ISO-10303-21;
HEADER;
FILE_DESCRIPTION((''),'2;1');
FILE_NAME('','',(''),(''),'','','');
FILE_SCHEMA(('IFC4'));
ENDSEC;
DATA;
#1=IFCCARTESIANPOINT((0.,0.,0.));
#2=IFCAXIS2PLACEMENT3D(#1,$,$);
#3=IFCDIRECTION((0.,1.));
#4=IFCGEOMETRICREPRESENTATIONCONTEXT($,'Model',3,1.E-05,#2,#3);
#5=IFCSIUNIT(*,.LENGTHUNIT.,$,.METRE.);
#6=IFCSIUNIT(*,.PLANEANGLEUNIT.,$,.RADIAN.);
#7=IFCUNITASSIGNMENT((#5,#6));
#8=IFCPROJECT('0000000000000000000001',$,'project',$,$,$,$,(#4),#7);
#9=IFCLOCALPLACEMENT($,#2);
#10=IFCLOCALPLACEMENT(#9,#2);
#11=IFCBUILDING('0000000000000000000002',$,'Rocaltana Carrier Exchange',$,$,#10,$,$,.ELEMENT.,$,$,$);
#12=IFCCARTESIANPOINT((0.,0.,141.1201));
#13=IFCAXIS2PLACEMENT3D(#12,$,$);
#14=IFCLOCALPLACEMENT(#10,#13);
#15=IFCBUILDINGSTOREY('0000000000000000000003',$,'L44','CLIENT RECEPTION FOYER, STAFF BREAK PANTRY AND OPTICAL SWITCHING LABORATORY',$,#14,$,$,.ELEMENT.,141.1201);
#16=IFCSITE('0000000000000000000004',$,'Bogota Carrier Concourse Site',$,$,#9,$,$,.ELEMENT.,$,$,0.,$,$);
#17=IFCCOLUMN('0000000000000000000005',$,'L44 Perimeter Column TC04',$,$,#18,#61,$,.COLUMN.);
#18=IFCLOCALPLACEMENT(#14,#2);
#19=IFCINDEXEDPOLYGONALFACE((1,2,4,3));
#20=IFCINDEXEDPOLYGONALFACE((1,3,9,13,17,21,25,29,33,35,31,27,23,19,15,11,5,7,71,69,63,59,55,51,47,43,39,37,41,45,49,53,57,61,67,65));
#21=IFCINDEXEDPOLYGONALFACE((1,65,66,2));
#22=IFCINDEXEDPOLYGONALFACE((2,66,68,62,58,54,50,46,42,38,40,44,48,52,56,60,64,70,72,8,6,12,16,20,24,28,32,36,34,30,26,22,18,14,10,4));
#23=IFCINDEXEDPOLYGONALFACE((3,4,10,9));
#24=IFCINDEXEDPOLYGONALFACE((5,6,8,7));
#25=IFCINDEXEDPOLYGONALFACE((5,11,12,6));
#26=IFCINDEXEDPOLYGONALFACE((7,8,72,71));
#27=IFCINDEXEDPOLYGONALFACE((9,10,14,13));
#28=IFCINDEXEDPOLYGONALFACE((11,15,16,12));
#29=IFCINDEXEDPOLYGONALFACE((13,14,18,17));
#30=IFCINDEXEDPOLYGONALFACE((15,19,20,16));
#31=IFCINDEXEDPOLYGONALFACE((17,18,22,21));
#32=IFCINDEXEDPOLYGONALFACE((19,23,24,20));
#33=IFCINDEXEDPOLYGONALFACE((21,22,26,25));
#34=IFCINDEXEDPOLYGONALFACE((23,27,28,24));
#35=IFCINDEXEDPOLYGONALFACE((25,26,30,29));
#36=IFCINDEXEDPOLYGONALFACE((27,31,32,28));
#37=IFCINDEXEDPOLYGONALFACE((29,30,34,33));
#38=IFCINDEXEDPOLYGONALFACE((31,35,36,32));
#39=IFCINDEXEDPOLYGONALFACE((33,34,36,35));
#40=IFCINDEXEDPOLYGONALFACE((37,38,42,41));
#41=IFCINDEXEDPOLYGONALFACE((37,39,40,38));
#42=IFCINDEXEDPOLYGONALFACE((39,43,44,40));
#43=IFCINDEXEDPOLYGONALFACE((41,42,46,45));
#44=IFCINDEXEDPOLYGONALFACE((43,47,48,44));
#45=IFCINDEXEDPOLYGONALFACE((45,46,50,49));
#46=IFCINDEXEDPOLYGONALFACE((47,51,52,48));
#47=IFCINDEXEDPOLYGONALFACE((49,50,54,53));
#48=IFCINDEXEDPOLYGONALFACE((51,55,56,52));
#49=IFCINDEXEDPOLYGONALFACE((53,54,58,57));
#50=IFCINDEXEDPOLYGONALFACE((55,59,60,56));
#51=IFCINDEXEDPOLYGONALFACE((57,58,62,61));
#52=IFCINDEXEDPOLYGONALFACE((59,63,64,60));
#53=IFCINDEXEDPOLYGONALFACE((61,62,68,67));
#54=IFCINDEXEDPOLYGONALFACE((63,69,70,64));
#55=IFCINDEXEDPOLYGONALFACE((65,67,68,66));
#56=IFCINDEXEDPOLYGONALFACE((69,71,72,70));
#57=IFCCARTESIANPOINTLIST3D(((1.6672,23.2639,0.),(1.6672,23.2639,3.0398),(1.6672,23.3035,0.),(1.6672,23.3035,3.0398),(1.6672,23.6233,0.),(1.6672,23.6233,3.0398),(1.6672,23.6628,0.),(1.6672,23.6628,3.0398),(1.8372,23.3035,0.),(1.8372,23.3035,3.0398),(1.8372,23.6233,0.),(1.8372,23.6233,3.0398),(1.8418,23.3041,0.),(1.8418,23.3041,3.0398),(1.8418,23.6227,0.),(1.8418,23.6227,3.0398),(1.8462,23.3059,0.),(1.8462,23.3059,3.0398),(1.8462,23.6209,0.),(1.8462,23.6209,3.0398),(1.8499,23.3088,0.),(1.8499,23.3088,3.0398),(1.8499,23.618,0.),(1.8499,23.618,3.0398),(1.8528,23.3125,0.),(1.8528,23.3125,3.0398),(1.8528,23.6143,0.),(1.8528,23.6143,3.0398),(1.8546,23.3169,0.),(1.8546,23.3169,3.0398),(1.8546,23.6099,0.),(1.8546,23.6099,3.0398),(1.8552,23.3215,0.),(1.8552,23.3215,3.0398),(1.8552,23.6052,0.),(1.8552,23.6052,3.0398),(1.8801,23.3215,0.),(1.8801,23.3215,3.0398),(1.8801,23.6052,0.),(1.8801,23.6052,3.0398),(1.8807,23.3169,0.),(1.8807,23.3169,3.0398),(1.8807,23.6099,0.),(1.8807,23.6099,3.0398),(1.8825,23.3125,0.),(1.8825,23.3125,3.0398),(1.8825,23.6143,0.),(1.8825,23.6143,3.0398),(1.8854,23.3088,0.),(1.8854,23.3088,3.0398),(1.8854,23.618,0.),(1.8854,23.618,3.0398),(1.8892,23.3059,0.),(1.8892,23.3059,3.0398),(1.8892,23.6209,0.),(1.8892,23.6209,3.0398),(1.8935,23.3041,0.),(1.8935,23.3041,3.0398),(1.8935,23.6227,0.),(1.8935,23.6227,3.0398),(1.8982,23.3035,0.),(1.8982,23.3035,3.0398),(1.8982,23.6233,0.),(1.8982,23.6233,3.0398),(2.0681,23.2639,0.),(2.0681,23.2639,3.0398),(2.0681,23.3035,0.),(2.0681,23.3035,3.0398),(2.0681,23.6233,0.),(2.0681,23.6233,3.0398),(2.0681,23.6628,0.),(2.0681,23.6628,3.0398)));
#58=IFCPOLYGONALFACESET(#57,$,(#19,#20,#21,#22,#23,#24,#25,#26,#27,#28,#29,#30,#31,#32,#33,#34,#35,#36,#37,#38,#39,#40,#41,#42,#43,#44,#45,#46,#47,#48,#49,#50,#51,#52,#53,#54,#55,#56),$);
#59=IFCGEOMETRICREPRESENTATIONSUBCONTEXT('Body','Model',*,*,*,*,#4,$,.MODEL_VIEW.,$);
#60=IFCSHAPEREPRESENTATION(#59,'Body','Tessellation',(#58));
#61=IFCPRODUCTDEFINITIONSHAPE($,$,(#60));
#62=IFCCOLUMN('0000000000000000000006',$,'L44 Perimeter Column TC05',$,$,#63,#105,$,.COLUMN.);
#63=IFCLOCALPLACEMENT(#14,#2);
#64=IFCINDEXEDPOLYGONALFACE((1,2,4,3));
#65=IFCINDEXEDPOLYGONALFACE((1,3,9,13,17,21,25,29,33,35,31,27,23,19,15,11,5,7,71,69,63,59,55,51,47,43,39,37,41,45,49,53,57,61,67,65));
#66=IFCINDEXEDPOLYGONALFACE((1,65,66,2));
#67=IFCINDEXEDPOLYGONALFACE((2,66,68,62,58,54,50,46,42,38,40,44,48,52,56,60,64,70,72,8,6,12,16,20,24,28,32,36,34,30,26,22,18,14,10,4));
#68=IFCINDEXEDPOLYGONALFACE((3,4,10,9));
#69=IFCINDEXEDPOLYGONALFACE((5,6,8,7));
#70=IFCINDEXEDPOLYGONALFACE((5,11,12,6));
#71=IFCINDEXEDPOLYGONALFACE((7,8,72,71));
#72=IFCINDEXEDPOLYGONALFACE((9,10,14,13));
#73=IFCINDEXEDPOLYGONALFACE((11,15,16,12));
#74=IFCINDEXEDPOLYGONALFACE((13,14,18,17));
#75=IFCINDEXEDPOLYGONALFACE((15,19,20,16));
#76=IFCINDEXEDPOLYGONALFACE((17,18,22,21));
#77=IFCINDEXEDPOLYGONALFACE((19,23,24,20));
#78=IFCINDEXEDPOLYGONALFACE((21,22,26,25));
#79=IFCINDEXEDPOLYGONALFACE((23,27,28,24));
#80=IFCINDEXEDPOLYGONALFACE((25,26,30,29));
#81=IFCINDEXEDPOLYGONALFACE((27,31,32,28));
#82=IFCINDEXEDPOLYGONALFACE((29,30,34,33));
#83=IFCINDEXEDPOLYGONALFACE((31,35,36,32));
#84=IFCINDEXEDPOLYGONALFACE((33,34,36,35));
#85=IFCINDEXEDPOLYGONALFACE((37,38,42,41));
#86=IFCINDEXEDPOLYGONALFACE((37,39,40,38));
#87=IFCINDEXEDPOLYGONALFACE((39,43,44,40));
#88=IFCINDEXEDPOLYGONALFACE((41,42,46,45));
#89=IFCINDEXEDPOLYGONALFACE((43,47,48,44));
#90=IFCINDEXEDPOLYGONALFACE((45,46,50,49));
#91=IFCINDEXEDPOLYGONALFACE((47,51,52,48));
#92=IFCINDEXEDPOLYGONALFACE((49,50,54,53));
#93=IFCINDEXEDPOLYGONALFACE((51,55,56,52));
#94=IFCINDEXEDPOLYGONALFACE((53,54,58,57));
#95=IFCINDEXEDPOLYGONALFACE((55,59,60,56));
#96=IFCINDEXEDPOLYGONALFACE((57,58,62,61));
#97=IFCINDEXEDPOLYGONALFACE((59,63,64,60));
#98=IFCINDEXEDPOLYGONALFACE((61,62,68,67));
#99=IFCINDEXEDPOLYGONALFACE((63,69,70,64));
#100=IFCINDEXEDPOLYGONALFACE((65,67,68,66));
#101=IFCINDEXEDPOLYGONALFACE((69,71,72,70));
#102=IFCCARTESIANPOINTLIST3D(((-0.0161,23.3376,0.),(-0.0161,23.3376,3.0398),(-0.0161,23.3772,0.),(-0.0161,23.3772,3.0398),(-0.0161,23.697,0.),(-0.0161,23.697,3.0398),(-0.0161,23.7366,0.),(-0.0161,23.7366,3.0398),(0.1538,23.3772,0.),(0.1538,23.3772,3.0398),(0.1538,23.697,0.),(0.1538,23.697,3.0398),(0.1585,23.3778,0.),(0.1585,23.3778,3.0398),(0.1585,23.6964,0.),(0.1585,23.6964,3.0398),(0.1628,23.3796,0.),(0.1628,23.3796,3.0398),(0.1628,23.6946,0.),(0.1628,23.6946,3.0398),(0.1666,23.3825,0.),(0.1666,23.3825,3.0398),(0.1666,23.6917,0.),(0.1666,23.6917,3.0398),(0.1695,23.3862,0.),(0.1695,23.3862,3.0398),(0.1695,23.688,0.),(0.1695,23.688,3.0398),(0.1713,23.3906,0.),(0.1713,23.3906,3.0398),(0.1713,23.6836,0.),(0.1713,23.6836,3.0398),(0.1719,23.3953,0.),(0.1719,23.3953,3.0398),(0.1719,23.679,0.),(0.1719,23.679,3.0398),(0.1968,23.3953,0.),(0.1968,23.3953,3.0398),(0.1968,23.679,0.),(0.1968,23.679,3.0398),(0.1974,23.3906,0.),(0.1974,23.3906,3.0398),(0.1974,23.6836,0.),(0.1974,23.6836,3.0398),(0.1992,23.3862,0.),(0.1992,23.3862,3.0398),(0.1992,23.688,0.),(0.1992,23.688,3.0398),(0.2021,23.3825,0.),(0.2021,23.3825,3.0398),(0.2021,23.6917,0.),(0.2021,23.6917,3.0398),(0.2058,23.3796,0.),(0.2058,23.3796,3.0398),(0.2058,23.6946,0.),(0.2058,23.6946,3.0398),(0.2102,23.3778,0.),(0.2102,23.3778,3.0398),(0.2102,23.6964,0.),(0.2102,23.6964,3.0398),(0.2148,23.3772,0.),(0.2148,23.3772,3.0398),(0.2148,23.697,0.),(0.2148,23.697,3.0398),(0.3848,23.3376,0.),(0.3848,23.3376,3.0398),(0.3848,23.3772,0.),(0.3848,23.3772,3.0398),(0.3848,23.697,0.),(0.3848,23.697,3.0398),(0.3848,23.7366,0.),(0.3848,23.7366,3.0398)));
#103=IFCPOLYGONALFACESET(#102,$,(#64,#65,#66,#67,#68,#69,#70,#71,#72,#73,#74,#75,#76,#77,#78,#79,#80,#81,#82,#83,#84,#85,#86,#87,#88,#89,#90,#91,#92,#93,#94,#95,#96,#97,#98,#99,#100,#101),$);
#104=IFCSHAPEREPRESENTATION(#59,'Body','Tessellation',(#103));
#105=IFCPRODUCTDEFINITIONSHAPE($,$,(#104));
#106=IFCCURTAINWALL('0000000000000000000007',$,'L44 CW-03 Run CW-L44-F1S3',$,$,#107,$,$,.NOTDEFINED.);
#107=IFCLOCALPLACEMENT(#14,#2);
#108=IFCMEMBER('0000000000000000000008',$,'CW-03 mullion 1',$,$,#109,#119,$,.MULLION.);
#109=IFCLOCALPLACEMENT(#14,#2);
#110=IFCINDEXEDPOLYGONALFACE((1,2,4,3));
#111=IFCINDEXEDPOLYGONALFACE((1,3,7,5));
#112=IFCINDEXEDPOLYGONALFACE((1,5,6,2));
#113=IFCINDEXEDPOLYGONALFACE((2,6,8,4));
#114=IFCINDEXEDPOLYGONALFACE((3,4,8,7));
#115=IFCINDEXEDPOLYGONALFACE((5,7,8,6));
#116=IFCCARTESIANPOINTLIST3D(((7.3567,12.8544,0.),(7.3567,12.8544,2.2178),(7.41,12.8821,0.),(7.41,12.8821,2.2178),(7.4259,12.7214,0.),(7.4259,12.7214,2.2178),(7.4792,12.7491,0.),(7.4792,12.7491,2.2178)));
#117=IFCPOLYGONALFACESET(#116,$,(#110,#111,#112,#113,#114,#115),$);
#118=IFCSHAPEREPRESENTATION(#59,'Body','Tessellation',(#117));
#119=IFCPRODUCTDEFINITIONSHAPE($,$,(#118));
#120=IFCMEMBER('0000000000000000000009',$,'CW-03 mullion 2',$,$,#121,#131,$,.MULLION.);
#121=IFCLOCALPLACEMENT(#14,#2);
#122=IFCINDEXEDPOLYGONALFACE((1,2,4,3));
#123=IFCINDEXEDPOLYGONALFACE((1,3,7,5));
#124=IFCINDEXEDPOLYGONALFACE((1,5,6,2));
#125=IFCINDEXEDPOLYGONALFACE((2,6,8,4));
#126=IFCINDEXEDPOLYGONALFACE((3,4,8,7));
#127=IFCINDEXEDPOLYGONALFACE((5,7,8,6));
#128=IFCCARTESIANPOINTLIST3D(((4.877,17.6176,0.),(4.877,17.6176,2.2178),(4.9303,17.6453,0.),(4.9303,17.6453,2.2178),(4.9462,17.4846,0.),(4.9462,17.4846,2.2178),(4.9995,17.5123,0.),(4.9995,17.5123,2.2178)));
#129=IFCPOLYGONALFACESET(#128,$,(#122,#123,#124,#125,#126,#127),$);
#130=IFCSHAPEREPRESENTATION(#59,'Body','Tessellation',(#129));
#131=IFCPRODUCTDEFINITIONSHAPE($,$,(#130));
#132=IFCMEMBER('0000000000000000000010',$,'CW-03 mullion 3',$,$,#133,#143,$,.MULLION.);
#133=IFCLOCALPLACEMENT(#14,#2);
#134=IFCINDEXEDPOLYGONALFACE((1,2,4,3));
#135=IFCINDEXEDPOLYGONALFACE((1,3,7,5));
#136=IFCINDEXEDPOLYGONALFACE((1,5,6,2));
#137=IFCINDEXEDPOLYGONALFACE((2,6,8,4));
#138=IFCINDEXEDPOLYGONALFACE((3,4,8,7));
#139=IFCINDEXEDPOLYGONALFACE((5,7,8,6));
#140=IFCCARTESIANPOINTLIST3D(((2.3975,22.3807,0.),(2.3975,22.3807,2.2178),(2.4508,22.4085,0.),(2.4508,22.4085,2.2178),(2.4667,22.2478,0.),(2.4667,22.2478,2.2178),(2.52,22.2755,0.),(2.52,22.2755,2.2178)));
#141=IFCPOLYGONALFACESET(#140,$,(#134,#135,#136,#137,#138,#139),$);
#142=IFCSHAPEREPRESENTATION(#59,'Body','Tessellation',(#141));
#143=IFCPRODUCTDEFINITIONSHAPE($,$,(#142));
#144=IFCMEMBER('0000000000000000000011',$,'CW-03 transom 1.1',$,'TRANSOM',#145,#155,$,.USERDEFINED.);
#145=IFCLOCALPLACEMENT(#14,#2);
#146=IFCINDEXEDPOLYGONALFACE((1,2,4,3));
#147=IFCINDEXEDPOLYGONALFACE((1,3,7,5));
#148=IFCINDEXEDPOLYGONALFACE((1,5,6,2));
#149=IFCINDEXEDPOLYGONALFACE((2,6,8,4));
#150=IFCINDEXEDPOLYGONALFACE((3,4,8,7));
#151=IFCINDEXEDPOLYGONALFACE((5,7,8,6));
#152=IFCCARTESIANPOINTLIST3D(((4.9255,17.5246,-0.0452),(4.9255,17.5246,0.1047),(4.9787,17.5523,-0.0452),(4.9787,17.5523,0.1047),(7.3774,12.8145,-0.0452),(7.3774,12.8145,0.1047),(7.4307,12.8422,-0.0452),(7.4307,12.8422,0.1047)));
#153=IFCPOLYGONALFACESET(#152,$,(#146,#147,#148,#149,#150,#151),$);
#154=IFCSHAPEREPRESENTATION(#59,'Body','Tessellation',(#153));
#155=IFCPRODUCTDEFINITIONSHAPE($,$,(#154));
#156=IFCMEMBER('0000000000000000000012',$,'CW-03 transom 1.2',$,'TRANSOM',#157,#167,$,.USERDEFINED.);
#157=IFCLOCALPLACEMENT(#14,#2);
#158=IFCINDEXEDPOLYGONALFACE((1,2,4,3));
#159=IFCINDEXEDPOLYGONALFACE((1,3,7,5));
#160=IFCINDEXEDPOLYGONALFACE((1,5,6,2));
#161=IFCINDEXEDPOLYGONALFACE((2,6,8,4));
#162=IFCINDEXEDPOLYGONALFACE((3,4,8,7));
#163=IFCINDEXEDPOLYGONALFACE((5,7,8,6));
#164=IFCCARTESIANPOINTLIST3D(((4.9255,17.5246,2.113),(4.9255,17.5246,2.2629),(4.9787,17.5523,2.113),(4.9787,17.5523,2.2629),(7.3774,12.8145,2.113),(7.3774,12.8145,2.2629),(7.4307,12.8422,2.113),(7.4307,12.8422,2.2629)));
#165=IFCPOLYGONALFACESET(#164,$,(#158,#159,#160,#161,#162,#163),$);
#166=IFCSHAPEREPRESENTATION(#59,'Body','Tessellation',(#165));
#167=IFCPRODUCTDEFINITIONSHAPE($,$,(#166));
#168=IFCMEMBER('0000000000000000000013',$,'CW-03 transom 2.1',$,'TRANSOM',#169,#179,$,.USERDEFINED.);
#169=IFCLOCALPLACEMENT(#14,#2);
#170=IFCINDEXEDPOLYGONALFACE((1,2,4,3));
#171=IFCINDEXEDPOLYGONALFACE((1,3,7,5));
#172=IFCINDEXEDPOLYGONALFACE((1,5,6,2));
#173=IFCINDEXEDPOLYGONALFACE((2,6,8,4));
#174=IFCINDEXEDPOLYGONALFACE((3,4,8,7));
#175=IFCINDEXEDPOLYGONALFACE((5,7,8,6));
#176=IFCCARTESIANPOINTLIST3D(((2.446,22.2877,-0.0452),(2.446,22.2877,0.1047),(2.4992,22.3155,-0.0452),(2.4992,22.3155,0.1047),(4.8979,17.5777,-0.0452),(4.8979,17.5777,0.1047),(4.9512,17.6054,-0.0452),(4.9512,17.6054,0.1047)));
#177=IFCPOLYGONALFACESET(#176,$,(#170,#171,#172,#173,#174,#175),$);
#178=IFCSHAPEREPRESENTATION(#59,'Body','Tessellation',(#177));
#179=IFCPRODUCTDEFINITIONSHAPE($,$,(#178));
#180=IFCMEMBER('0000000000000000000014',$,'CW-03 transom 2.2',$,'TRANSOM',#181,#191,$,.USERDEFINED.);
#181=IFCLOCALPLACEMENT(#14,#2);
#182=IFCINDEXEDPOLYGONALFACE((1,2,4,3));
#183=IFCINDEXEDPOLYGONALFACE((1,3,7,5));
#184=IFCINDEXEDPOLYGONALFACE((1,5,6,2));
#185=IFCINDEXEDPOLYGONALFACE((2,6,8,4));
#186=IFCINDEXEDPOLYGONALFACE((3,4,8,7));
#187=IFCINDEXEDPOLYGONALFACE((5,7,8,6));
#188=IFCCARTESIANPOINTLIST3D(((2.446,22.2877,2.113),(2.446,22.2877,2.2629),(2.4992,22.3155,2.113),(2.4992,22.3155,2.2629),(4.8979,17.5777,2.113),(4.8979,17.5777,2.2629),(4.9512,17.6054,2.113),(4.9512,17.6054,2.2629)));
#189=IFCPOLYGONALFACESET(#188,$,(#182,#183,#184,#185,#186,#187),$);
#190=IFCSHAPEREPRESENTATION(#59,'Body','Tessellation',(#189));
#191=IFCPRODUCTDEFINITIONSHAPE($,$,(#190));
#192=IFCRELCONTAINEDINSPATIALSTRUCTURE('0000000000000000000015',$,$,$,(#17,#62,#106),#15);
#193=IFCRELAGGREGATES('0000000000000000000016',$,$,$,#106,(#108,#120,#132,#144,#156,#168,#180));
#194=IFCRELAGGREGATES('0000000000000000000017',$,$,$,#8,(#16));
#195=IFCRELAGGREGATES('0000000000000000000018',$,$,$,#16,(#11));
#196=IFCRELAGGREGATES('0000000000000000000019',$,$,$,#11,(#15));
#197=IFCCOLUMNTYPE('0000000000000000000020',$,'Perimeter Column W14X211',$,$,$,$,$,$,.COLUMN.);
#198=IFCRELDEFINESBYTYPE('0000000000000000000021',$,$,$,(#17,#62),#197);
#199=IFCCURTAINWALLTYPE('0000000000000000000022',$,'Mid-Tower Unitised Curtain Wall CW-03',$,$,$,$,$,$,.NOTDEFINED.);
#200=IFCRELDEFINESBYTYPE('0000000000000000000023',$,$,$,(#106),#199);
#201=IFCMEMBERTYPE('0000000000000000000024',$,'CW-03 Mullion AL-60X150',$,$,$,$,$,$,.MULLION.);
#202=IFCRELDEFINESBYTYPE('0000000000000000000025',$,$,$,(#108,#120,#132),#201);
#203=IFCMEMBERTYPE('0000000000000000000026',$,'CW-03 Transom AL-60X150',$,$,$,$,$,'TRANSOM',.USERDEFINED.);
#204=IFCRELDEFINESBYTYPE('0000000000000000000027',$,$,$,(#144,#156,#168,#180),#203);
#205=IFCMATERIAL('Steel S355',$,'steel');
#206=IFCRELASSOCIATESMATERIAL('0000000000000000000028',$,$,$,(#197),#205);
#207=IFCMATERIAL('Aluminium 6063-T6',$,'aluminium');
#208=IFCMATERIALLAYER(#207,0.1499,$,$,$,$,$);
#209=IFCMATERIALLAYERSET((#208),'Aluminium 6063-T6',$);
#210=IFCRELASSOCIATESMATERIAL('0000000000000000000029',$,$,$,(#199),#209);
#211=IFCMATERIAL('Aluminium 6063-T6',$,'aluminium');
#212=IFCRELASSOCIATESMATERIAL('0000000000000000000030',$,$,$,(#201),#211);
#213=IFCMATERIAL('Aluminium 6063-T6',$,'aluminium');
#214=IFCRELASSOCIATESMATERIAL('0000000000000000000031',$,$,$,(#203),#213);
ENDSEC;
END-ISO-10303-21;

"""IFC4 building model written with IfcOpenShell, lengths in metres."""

from ifc_helpers import new_model, si_unit, direction, frame, origin, origin_2d, place, context, subcontext, project, spatial, rectangle, i_section, extrude, material, layer, layer_set, material_profile, profile_set, type_object, element, aggregate, save


model = new_model("IFC4")

# Units and contexts
model_context = context("Model", 3, precision=1e-05, world=origin(), true_north=direction((0.0, 1.0)))
body_context = subcontext(model_context, "Body", "Model", "MODEL_VIEW")
ifc_project = project(units=[si_unit("LENGTHUNIT", "METRE"), si_unit("PLANEANGLEUNIT", "RADIAN")], contexts=[model_context])

# Site, building, storey
site_placement = place(None, origin())
site = spatial("IfcSite", under=ifc_project, at=site_placement, Name="Bogota Carrier Concourse Site", CompositionType="ELEMENT", RefElevation=0.0)
building_placement = place(site_placement, origin())
building = spatial("IfcBuilding", under=site, at=building_placement, Name="Rocaltana Carrier Exchange", CompositionType="ELEMENT")
storey_placement = place(building_placement, frame((0.0, 0.0, 141.1201)))
storey = spatial("IfcBuildingStorey", under=building, at=storey_placement, Name="L44", Description="CLIENT RECEPTION FOYER, STAFF BREAK PANTRY AND OPTICAL SWITCHING LABORATORY", CompositionType="ELEMENT", Elevation=141.1201)

# Columns
ifc_material_1 = material(Name="Steel S355", Category="steel")
ifc_material_profile_1 = material_profile(ifc_material_1, i_section(OverallWidth=0.4009, OverallDepth=0.3989, WebThickness=0.0249, FlangeThickness=0.0396, FilletRadius=0.0181, at=origin_2d()), Name="W14X211")
ifc_profile_set_1 = profile_set([ifc_material_profile_1], Name="Steel S355")
column_type = type_object("IfcColumnType", Name="Perimeter Column W14X211", PredefinedType="COLUMN", material=ifc_profile_set_1)
for number, where, z_axis, x_axis, name in (
    (1, (1.8677, 23.4634, 0.0), (0.0, 0.0, 1.0), (1.0, 0.0, 0.0), "L44 Perimeter Column TC04"),
    (2, (0.1843, 23.5371, 0.0), (0.0, 0.0, 1.0), (1.0, 0.0, 0.0), "L44 Perimeter Column TC05"),
):
    element("IfcColumn", number, at=place(storey_placement, frame(where, z_axis=z_axis, x_axis=x_axis)), inside=storey, type_object=column_type, Name=name, PredefinedType="COLUMN", context=body_context, shape_type="SweptSolid", body=[
        extrude(i_section(OverallWidth=0.4009, OverallDepth=0.3989, WebThickness=0.0249, FlangeThickness=0.0396, FilletRadius=0.0181, at=origin_2d()), origin(), (0.0, 0.0, 1.0), 3.0398),
    ])

# Curtain wall, members
ifc_material_2 = material(Name="Aluminium 6063-T6", Category="aluminium")
ifc_layer_1 = layer(ifc_material_2, 0.1499)
ifc_layer_set_1 = layer_set([ifc_layer_1], Name="Aluminium 6063-T6")
curtain_wall_type = type_object("IfcCurtainWallType", Name="Mid-Tower Unitised Curtain Wall CW-03", PredefinedType="NOTDEFINED", material=ifc_layer_set_1)
curtain_wall_placement = place(storey_placement, origin())
curtain_wall = element("IfcCurtainWall", 3, at=curtain_wall_placement, inside=storey, type_object=curtain_wall_type, Name="L44 CW-03 Run CW-L44-F1S3", PredefinedType="NOTDEFINED")
ifc_material_3 = material(Name="Aluminium 6063-T6", Category="aluminium")
ifc_material_profile_2 = material_profile(ifc_material_3, rectangle(XDim=0.0601, YDim=0.1499, at=origin_2d()), Name="AL-60X150")
ifc_profile_set_2 = profile_set([ifc_material_profile_2], Name="Aluminium 6063-T6")
member_type_1 = type_object("IfcMemberType", Name="CW-03 Mullion AL-60X150", PredefinedType="MULLION", material=ifc_profile_set_2)
member_1_placement = place(storey_placement, frame((7.418, 12.8018, 0.0), z_axis=(0.0, 0.0, 1.0), x_axis=(-0.887008, -0.461754, 0.0)))
member_1 = element("IfcMember", 4, at=member_1_placement, type_object=member_type_1, Name="CW-03 mullion 1", PredefinedType="MULLION", context=body_context, shape_type="SweptSolid", body=[
    extrude(rectangle(XDim=0.0601, YDim=0.1499, at=origin_2d()), origin(), (0.0, 0.0, 1.0), 2.2178),
])
member_2_placement = place(storey_placement, frame((4.9382, 17.5649, 0.0), z_axis=(0.0, 0.0, 1.0), x_axis=(-0.887008, -0.461754, 0.0)))
member_2 = element("IfcMember", 5, at=member_2_placement, type_object=member_type_1, Name="CW-03 mullion 2", PredefinedType="MULLION", context=body_context, shape_type="SweptSolid", body=[
    extrude(rectangle(XDim=0.0601, YDim=0.1499, at=origin_2d()), origin(), (0.0, 0.0, 1.0), 2.2178),
])
member_3_placement = place(storey_placement, frame((2.4587, 22.3281, 0.0), z_axis=(0.0, 0.0, 1.0), x_axis=(-0.887008, -0.461754, 0.0)))
member_3 = element("IfcMember", 6, at=member_3_placement, type_object=member_type_1, Name="CW-03 mullion 3", PredefinedType="MULLION", context=body_context, shape_type="SweptSolid", body=[
    extrude(rectangle(XDim=0.0601, YDim=0.1499, at=origin_2d()), origin(), (0.0, 0.0, 1.0), 2.2178),
])
ifc_material_4 = material(Name="Aluminium 6063-T6", Category="aluminium")
ifc_material_profile_3 = material_profile(ifc_material_4, rectangle(XDim=0.0601, YDim=0.1499, at=origin_2d()), Name="AL-60X150")
ifc_profile_set_3 = profile_set([ifc_material_profile_3], Name="Aluminium 6063-T6")
member_type_2 = type_object("IfcMemberType", Name="CW-03 Transom AL-60X150", ElementType="TRANSOM", PredefinedType="USERDEFINED", material=ifc_profile_set_3)
member_4_placement = place(storey_placement, frame((7.4041, 12.8284, 0.0298), z_axis=(-0.461757, 0.887007, 0.0), x_axis=(-0.887007, -0.461757, 0.0)))
member_4 = element("IfcMember", 7, at=member_4_placement, type_object=member_type_2, Name="CW-03 transom 1.1", ObjectType="TRANSOM", PredefinedType="USERDEFINED", context=body_context, shape_type="SweptSolid", body=[
    extrude(rectangle(XDim=0.0601, YDim=0.1499, at=origin_2d()), origin(), (0.0, 0.0, 1.0), 5.3101),
])
member_5_placement = place(storey_placement, frame((7.4041, 12.8284, 2.188), z_axis=(-0.461757, 0.887007, 0.0), x_axis=(-0.887007, -0.461757, 0.0)))
member_5 = element("IfcMember", 8, at=member_5_placement, type_object=member_type_2, Name="CW-03 transom 1.2", ObjectType="TRANSOM", PredefinedType="USERDEFINED", context=body_context, shape_type="SweptSolid", body=[
    extrude(rectangle(XDim=0.0601, YDim=0.1499, at=origin_2d()), origin(), (0.0, 0.0, 1.0), 5.3101),
])
member_6_placement = place(storey_placement, frame((4.9246, 17.5916, 0.0298), z_axis=(-0.461757, 0.887007, 0.0), x_axis=(-0.887007, -0.461757, 0.0)))
member_6 = element("IfcMember", 9, at=member_6_placement, type_object=member_type_2, Name="CW-03 transom 2.1", ObjectType="TRANSOM", PredefinedType="USERDEFINED", context=body_context, shape_type="SweptSolid", body=[
    extrude(rectangle(XDim=0.0601, YDim=0.1499, at=origin_2d()), origin(), (0.0, 0.0, 1.0), 5.3101),
])
member_7_placement = place(storey_placement, frame((4.9246, 17.5916, 2.188), z_axis=(-0.461757, 0.887007, 0.0), x_axis=(-0.887007, -0.461757, 0.0)))
member_7 = element("IfcMember", 10, at=member_7_placement, type_object=member_type_2, Name="CW-03 transom 2.2", ObjectType="TRANSOM", PredefinedType="USERDEFINED", context=body_context, shape_type="SweptSolid", body=[
    extrude(rectangle(XDim=0.0601, YDim=0.1499, at=origin_2d()), origin(), (0.0, 0.0, 1.0), 5.3101),
])

aggregate(curtain_wall, [member_1, member_2, member_3, member_4, member_5, member_6, member_7])

save(model, "model.ifc")
